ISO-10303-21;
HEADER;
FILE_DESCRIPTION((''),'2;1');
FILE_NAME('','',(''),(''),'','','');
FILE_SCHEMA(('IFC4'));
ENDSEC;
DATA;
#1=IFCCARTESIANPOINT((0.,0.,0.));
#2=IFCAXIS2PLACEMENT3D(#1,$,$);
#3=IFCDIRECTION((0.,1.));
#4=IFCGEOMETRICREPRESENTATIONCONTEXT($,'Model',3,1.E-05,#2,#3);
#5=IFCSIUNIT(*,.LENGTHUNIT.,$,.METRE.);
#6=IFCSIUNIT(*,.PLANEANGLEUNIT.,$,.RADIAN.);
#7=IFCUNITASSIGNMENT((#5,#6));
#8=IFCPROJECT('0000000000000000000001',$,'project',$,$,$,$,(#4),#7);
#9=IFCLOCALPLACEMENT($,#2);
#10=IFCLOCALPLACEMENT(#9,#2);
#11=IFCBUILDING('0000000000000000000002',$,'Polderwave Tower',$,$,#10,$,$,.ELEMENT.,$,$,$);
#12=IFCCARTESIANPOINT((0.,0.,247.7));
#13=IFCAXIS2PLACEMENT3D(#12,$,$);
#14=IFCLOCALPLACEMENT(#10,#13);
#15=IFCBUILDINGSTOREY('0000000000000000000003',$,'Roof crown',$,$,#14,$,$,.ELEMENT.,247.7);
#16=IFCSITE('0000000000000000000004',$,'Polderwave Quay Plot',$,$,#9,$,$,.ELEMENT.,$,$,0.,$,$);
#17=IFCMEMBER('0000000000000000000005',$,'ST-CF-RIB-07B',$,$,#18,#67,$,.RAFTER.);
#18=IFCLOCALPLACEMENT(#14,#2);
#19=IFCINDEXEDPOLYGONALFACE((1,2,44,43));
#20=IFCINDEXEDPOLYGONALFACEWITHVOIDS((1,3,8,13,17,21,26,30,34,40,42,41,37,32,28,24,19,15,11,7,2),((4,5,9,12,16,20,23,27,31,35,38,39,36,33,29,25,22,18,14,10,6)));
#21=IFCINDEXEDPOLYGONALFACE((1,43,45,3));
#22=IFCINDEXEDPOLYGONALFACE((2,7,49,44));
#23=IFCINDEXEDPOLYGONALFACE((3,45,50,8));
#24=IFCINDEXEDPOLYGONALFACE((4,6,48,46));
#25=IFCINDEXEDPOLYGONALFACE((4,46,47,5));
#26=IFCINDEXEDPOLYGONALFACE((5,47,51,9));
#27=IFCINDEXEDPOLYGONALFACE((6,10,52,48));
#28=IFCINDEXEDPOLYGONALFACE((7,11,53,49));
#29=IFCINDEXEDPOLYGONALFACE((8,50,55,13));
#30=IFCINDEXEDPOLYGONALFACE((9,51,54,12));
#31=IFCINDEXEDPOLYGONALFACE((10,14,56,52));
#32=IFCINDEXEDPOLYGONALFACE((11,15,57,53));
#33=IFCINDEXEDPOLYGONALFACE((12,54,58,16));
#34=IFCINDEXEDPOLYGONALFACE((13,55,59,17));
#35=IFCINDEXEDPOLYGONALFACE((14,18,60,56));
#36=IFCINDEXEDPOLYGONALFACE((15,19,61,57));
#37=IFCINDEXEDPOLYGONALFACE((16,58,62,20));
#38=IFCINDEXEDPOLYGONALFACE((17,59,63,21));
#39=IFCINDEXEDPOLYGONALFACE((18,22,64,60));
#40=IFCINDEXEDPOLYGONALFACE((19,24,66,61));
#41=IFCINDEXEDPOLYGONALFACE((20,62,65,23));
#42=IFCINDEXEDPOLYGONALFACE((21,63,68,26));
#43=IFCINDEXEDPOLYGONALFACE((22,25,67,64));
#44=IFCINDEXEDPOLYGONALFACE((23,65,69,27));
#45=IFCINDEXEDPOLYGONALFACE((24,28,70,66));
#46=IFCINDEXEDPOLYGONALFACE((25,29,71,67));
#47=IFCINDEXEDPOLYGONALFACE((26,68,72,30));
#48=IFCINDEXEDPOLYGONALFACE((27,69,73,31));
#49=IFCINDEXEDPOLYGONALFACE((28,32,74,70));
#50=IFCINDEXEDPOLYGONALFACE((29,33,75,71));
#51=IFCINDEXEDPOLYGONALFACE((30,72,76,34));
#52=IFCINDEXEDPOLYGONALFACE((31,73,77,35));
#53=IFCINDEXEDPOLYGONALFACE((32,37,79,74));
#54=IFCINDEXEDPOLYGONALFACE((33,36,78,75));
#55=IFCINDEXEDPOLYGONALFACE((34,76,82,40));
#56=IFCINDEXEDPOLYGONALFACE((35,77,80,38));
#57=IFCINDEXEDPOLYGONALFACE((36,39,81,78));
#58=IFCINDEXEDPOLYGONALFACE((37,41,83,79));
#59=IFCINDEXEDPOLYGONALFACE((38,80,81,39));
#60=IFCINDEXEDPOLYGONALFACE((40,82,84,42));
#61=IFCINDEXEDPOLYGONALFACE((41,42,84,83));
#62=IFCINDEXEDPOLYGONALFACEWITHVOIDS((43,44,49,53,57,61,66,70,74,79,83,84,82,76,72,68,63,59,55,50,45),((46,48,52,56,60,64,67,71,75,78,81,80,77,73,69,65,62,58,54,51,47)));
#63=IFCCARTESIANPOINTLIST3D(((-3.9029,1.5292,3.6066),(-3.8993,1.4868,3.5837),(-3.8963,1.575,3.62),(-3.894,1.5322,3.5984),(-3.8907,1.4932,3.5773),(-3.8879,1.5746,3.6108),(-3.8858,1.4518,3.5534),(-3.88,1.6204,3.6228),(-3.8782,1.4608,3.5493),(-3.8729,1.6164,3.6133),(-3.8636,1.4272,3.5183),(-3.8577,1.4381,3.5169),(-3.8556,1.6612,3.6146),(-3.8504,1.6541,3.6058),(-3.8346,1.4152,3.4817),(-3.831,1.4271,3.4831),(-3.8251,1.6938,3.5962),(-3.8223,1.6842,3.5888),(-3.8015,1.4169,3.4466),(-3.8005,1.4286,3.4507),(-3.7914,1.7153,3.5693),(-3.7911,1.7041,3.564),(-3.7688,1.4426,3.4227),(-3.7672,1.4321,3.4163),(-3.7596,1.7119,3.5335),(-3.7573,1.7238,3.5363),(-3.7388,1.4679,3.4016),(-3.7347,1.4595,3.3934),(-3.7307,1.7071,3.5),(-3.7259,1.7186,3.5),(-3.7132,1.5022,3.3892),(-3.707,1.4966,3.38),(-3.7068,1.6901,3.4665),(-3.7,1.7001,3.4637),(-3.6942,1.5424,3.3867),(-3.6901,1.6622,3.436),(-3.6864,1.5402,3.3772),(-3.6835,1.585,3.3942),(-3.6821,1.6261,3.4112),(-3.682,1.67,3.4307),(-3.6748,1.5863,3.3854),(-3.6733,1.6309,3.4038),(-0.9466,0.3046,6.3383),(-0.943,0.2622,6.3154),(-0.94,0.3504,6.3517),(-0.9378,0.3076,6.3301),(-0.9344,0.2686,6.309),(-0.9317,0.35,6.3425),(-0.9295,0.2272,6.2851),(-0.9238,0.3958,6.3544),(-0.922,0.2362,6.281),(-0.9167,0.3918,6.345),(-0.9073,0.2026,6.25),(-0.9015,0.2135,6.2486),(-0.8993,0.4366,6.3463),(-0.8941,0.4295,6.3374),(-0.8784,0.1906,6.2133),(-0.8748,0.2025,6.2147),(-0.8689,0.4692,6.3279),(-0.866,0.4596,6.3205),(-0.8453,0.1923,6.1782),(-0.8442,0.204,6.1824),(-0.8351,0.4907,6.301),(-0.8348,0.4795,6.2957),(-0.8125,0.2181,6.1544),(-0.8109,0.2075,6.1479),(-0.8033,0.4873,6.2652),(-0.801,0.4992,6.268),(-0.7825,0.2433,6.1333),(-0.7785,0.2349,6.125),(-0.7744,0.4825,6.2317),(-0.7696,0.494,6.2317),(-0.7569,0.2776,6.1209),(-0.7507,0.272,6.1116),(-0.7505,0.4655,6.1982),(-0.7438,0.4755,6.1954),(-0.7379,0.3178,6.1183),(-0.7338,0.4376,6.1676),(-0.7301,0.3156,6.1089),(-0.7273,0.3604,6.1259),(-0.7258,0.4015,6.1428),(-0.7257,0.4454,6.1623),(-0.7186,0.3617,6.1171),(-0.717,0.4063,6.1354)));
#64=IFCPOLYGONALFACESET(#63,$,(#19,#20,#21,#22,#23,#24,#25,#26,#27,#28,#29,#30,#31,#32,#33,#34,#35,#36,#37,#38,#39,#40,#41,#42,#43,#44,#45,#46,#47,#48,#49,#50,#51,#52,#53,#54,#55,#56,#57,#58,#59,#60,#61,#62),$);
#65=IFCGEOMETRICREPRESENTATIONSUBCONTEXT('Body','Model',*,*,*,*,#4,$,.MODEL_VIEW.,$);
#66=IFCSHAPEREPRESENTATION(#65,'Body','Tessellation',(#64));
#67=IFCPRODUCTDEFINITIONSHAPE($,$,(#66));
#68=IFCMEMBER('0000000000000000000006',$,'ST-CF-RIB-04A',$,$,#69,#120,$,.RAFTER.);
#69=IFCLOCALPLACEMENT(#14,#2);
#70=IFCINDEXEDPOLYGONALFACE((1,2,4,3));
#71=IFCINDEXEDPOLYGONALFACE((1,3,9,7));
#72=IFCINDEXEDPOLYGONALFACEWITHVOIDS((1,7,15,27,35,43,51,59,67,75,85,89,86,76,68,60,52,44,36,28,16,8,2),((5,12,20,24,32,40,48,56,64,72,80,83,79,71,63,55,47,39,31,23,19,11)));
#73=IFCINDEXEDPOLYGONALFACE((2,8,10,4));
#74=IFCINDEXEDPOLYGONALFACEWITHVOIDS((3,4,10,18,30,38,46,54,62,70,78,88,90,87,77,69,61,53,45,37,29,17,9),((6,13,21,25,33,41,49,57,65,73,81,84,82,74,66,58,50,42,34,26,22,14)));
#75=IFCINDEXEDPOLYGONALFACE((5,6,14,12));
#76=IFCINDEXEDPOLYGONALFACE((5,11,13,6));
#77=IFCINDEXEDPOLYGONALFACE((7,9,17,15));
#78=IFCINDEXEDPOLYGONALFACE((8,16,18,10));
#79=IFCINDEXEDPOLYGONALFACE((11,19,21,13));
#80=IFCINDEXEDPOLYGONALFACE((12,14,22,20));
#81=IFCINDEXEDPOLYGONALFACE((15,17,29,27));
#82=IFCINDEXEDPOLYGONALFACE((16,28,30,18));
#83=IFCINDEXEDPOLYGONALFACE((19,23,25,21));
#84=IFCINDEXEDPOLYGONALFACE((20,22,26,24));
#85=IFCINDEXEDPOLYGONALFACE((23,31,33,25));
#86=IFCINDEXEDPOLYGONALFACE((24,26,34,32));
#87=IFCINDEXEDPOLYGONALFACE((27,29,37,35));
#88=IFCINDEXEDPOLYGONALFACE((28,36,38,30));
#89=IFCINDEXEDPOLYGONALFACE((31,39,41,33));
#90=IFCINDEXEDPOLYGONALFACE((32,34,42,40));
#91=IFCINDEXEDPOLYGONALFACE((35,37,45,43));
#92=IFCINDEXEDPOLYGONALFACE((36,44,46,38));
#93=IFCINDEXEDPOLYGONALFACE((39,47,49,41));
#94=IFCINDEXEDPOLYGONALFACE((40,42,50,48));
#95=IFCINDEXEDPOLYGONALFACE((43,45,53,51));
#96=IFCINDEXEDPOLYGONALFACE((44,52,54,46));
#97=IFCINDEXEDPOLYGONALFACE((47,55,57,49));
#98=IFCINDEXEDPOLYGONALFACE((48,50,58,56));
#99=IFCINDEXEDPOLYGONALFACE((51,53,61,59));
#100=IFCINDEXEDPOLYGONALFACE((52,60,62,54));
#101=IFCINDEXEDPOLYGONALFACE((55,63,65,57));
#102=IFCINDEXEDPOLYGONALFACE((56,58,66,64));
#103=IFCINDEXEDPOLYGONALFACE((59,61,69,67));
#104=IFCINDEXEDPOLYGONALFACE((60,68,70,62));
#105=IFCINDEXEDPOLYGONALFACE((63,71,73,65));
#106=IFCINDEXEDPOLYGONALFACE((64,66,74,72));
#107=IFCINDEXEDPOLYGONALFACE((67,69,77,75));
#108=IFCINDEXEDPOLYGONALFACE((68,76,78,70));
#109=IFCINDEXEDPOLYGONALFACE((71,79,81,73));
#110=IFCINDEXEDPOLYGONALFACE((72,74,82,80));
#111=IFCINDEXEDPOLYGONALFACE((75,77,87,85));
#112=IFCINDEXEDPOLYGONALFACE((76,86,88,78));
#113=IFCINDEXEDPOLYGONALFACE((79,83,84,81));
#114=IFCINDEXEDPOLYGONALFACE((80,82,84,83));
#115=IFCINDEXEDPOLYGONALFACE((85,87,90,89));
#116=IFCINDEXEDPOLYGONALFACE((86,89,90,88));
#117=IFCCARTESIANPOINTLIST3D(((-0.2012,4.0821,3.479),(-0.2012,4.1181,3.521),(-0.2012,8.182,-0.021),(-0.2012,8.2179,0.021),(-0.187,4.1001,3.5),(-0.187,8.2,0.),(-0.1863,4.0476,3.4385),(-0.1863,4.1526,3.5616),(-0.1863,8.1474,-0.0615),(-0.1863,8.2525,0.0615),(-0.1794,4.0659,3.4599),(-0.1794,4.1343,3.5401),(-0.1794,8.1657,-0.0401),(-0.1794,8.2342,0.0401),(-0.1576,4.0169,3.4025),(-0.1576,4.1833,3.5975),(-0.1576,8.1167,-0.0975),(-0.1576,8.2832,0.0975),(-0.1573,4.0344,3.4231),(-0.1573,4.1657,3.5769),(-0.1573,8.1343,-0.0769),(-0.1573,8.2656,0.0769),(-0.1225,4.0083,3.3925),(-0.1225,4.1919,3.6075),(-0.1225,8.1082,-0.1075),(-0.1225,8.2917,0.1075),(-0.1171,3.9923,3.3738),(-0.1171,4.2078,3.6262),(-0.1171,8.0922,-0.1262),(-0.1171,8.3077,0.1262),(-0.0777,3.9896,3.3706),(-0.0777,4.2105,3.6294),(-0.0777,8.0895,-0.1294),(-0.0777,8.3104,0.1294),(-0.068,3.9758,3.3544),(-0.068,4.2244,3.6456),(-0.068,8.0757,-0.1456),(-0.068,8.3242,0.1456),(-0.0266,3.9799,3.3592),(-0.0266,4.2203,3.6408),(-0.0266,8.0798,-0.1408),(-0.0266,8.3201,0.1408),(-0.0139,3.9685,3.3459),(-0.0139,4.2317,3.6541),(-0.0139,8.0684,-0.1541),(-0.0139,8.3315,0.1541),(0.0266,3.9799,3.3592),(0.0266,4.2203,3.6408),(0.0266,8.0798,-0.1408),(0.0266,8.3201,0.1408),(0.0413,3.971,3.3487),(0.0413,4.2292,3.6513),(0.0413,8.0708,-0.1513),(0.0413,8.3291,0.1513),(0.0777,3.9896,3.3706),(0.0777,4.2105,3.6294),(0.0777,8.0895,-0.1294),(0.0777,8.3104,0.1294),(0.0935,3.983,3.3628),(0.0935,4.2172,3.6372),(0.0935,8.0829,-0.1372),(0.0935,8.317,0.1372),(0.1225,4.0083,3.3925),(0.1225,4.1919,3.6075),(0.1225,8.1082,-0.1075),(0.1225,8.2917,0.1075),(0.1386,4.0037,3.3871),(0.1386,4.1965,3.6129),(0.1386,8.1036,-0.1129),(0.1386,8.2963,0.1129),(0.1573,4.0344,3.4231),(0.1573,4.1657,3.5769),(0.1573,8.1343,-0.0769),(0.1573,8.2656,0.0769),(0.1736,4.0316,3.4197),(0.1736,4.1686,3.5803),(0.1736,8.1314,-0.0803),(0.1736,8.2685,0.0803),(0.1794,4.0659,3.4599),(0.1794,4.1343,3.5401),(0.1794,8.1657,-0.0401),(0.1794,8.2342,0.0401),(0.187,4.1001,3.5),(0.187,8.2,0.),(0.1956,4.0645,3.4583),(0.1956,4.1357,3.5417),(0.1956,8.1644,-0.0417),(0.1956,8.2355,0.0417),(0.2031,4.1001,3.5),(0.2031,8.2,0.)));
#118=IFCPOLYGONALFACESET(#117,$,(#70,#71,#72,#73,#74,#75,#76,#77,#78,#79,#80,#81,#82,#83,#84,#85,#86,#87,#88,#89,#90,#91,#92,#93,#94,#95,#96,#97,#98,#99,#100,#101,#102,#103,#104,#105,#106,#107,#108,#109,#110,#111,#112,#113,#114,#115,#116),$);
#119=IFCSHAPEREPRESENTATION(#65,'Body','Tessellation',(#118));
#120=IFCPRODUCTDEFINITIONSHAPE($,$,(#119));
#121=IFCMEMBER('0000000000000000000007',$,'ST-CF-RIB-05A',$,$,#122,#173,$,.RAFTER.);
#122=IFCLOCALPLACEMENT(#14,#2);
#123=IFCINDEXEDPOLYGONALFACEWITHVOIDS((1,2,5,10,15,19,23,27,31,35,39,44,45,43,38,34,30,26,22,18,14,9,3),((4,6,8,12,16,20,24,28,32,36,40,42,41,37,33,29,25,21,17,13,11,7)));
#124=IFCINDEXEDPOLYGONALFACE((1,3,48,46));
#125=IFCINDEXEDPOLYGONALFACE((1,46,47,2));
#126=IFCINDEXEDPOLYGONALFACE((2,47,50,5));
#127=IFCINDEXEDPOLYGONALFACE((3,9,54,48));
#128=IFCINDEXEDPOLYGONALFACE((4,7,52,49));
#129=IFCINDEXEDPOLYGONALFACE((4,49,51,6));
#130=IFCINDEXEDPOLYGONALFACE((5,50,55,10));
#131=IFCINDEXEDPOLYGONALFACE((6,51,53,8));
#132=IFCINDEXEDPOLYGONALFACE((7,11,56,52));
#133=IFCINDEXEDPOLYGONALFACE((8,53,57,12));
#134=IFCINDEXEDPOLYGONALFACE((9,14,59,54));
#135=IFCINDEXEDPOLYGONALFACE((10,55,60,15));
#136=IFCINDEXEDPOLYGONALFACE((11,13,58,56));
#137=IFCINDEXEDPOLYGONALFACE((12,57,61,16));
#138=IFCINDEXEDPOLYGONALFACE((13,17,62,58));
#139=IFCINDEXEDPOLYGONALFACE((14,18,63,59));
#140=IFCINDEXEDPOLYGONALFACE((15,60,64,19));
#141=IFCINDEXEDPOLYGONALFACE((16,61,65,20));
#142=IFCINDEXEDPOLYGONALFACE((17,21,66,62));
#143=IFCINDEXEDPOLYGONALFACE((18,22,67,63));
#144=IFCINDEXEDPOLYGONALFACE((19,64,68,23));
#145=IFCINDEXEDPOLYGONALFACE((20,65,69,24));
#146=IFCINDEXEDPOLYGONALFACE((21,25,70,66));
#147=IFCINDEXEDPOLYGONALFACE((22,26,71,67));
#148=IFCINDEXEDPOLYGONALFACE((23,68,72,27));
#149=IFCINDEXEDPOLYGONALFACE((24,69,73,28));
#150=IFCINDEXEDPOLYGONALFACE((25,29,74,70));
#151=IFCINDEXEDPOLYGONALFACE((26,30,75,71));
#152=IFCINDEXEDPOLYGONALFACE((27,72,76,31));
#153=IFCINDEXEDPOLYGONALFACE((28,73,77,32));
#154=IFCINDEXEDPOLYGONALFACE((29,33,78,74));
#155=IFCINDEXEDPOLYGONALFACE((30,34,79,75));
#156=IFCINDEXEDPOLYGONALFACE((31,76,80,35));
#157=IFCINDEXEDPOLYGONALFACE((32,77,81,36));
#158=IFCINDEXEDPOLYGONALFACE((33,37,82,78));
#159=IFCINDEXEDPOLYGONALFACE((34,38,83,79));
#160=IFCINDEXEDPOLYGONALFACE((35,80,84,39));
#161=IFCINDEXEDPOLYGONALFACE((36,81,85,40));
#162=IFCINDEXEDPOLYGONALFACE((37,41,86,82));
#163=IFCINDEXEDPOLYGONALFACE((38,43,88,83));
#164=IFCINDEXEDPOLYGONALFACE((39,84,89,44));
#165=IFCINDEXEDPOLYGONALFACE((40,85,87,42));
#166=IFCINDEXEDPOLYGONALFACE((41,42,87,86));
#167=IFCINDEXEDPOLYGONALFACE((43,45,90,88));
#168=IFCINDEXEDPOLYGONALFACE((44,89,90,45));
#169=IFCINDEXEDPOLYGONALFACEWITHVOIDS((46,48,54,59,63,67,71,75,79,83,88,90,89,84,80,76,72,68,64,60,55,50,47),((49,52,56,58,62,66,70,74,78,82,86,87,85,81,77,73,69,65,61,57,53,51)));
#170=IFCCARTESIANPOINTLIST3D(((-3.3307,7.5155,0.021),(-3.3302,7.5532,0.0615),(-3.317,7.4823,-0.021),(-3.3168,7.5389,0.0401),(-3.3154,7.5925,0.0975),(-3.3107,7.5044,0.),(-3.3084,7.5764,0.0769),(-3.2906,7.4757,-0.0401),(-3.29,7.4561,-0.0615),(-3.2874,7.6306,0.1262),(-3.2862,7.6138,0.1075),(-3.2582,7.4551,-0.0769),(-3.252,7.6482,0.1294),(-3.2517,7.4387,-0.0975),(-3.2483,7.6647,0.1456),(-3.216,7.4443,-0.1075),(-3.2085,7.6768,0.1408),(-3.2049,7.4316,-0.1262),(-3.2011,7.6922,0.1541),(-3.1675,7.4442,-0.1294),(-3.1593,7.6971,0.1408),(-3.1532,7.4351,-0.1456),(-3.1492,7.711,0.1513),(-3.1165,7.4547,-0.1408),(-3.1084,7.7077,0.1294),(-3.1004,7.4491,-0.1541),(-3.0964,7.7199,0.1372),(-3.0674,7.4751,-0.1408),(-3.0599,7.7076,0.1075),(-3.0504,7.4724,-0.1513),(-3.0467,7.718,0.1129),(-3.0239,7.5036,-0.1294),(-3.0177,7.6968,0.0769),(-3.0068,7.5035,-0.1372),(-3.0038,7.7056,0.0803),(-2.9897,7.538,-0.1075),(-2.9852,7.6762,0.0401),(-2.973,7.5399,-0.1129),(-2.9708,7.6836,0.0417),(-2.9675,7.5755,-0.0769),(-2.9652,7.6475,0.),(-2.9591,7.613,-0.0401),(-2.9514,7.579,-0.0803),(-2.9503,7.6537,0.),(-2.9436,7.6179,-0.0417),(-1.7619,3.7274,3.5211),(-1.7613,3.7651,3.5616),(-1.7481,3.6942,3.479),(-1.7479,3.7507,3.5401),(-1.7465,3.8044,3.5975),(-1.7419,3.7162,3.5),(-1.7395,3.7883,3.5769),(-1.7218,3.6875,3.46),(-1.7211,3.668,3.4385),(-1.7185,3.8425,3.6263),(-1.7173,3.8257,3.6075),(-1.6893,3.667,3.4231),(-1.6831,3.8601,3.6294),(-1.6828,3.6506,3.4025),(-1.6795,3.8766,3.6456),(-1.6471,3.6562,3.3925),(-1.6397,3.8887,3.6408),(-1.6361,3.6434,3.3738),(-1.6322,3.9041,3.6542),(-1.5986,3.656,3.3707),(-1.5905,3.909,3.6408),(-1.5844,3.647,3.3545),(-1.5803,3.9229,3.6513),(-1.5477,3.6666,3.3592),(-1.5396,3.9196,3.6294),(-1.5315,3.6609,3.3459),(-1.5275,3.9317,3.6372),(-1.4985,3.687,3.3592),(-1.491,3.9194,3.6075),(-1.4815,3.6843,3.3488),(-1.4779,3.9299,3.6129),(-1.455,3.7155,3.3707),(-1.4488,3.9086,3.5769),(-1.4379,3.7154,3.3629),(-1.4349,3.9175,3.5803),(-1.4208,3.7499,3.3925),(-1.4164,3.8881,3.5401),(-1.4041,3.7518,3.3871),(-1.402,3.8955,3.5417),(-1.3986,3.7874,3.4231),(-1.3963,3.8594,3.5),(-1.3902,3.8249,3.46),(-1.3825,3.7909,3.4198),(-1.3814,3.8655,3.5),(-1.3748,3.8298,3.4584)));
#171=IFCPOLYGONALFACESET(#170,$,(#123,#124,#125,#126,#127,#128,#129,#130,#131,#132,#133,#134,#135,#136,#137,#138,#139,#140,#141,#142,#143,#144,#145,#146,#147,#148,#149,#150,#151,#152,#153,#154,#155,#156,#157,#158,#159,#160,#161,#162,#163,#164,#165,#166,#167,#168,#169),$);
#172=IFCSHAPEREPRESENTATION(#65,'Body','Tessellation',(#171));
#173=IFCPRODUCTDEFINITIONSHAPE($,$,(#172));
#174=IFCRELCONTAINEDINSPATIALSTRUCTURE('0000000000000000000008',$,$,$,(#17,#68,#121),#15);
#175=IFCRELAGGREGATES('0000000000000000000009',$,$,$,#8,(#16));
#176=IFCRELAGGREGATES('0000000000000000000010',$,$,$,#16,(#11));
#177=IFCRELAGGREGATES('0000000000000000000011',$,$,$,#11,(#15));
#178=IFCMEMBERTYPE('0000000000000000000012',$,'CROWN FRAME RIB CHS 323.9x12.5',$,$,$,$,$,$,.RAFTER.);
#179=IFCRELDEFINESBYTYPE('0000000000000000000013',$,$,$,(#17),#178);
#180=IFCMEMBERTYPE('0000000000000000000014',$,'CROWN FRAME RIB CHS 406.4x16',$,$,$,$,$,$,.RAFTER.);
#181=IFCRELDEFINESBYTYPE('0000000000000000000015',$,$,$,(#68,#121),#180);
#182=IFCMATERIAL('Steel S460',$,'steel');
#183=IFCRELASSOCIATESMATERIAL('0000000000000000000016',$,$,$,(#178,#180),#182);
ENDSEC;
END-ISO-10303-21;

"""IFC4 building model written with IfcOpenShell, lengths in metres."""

from ifc_helpers import new_model, si_unit, direction, frame, origin, origin_2d, place, context, subcontext, project, spatial, hollow_circle, extrude, material, material_profile, profile_set, type_object, element, save


model = new_model("IFC4")

# Units and contexts
model_context = context("Model", 3, precision=1e-05, world=origin(), true_north=direction((0.0, 1.0)))
body_context = subcontext(model_context, "Body", "Model", "MODEL_VIEW")
ifc_project = project(units=[si_unit("LENGTHUNIT", "METRE"), si_unit("PLANEANGLEUNIT", "RADIAN")], contexts=[model_context])

# Site, building, storey
site_placement = place(None, origin())
site = spatial("IfcSite", under=ifc_project, at=site_placement, Name="Polderwave Quay Plot", CompositionType="ELEMENT", RefElevation=0.0)
building_placement = place(site_placement, origin())
building = spatial("IfcBuilding", under=site, at=building_placement, Name="Polderwave Tower", CompositionType="ELEMENT")
storey_placement = place(building_placement, frame((0.0, 0.0, 247.7)))
storey = spatial("IfcBuildingStorey", under=building, at=storey_placement, Name="Roof crown", CompositionType="ELEMENT", Elevation=247.7)

# Members
ifc_material_1 = material(Name="Steel S460", Category="steel")
ifc_material_profile_1 = material_profile(ifc_material_1, hollow_circle(Radius=0.1619, WallThickness=0.0125, at=origin_2d()), Name="CHS 323.9x12.5")
ifc_profile_set_1 = profile_set([ifc_material_profile_1], Name="Steel S460")
member_type_1 = type_object("IfcMemberType", Name="CROWN FRAME RIB CHS 323.9x12.5", PredefinedType="RAFTER", material=ifc_profile_set_1)
for number, where, z_axis, x_axis, name in (
    (1, (-3.7878, 1.5691, 3.5), (0.702657, -0.291067, 0.649271), (0.382702, 0.923872, 0.0), "ST-CF-RIB-07B"),
):
    element("IfcMember", number, at=place(storey_placement, frame(where, z_axis=z_axis, x_axis=x_axis)), inside=storey, type_object=member_type_1, Name=name, PredefinedType="RAFTER", context=body_context, shape_type="SweptSolid", body=[
        extrude(hollow_circle(Radius=0.1619, WallThickness=0.0125, at=origin_2d()), origin(), (0.0, 0.0, 1.0), 4.2073),
    ])
ifc_material_profile_2 = material_profile(ifc_material_1, hollow_circle(Radius=0.2031, WallThickness=0.0161, at=origin_2d()), Name="CHS 406.4x16")
ifc_profile_set_2 = profile_set([ifc_material_profile_2], Name="Steel S460")
member_type_2 = type_object("IfcMemberType", Name="CROWN FRAME RIB CHS 406.4x16", PredefinedType="RAFTER", material=ifc_profile_set_2)
member_1_placement = place(storey_placement, frame((0.0, 8.2, 0.0), z_axis=(0.0, -0.760553, 0.649276), x_axis=(1.0, 0.0, 0.0)))
element("IfcMember", 2, at=member_1_placement, inside=storey, type_object=member_type_2, Name="ST-CF-RIB-04A", PredefinedType="RAFTER", context=body_context, shape_type="SweptSolid", body=[
    extrude(hollow_circle(Radius=0.2031, WallThickness=0.0161, at=origin_2d()), origin(), (0.0, 0.0, 1.0), 5.3906),
])
for number, where, z_axis, x_axis, name in (
    (3, (-3.1379, 7.5759, 0.0), (0.291022, -0.702693, 0.649253), (0.923899, 0.382636, 0.0), "ST-CF-RIB-05A"),
):
    element("IfcMember", number, at=place(storey_placement, frame(where, z_axis=z_axis, x_axis=x_axis)), inside=storey, type_object=member_type_2, Name=name, PredefinedType="RAFTER", context=body_context, shape_type="SweptSolid", body=[
        extrude(hollow_circle(Radius=0.2031, WallThickness=0.0161, at=origin_2d()), origin(), (0.0, 0.0, 1.0), 5.3909),
    ])

save(model, "model.ifc")
